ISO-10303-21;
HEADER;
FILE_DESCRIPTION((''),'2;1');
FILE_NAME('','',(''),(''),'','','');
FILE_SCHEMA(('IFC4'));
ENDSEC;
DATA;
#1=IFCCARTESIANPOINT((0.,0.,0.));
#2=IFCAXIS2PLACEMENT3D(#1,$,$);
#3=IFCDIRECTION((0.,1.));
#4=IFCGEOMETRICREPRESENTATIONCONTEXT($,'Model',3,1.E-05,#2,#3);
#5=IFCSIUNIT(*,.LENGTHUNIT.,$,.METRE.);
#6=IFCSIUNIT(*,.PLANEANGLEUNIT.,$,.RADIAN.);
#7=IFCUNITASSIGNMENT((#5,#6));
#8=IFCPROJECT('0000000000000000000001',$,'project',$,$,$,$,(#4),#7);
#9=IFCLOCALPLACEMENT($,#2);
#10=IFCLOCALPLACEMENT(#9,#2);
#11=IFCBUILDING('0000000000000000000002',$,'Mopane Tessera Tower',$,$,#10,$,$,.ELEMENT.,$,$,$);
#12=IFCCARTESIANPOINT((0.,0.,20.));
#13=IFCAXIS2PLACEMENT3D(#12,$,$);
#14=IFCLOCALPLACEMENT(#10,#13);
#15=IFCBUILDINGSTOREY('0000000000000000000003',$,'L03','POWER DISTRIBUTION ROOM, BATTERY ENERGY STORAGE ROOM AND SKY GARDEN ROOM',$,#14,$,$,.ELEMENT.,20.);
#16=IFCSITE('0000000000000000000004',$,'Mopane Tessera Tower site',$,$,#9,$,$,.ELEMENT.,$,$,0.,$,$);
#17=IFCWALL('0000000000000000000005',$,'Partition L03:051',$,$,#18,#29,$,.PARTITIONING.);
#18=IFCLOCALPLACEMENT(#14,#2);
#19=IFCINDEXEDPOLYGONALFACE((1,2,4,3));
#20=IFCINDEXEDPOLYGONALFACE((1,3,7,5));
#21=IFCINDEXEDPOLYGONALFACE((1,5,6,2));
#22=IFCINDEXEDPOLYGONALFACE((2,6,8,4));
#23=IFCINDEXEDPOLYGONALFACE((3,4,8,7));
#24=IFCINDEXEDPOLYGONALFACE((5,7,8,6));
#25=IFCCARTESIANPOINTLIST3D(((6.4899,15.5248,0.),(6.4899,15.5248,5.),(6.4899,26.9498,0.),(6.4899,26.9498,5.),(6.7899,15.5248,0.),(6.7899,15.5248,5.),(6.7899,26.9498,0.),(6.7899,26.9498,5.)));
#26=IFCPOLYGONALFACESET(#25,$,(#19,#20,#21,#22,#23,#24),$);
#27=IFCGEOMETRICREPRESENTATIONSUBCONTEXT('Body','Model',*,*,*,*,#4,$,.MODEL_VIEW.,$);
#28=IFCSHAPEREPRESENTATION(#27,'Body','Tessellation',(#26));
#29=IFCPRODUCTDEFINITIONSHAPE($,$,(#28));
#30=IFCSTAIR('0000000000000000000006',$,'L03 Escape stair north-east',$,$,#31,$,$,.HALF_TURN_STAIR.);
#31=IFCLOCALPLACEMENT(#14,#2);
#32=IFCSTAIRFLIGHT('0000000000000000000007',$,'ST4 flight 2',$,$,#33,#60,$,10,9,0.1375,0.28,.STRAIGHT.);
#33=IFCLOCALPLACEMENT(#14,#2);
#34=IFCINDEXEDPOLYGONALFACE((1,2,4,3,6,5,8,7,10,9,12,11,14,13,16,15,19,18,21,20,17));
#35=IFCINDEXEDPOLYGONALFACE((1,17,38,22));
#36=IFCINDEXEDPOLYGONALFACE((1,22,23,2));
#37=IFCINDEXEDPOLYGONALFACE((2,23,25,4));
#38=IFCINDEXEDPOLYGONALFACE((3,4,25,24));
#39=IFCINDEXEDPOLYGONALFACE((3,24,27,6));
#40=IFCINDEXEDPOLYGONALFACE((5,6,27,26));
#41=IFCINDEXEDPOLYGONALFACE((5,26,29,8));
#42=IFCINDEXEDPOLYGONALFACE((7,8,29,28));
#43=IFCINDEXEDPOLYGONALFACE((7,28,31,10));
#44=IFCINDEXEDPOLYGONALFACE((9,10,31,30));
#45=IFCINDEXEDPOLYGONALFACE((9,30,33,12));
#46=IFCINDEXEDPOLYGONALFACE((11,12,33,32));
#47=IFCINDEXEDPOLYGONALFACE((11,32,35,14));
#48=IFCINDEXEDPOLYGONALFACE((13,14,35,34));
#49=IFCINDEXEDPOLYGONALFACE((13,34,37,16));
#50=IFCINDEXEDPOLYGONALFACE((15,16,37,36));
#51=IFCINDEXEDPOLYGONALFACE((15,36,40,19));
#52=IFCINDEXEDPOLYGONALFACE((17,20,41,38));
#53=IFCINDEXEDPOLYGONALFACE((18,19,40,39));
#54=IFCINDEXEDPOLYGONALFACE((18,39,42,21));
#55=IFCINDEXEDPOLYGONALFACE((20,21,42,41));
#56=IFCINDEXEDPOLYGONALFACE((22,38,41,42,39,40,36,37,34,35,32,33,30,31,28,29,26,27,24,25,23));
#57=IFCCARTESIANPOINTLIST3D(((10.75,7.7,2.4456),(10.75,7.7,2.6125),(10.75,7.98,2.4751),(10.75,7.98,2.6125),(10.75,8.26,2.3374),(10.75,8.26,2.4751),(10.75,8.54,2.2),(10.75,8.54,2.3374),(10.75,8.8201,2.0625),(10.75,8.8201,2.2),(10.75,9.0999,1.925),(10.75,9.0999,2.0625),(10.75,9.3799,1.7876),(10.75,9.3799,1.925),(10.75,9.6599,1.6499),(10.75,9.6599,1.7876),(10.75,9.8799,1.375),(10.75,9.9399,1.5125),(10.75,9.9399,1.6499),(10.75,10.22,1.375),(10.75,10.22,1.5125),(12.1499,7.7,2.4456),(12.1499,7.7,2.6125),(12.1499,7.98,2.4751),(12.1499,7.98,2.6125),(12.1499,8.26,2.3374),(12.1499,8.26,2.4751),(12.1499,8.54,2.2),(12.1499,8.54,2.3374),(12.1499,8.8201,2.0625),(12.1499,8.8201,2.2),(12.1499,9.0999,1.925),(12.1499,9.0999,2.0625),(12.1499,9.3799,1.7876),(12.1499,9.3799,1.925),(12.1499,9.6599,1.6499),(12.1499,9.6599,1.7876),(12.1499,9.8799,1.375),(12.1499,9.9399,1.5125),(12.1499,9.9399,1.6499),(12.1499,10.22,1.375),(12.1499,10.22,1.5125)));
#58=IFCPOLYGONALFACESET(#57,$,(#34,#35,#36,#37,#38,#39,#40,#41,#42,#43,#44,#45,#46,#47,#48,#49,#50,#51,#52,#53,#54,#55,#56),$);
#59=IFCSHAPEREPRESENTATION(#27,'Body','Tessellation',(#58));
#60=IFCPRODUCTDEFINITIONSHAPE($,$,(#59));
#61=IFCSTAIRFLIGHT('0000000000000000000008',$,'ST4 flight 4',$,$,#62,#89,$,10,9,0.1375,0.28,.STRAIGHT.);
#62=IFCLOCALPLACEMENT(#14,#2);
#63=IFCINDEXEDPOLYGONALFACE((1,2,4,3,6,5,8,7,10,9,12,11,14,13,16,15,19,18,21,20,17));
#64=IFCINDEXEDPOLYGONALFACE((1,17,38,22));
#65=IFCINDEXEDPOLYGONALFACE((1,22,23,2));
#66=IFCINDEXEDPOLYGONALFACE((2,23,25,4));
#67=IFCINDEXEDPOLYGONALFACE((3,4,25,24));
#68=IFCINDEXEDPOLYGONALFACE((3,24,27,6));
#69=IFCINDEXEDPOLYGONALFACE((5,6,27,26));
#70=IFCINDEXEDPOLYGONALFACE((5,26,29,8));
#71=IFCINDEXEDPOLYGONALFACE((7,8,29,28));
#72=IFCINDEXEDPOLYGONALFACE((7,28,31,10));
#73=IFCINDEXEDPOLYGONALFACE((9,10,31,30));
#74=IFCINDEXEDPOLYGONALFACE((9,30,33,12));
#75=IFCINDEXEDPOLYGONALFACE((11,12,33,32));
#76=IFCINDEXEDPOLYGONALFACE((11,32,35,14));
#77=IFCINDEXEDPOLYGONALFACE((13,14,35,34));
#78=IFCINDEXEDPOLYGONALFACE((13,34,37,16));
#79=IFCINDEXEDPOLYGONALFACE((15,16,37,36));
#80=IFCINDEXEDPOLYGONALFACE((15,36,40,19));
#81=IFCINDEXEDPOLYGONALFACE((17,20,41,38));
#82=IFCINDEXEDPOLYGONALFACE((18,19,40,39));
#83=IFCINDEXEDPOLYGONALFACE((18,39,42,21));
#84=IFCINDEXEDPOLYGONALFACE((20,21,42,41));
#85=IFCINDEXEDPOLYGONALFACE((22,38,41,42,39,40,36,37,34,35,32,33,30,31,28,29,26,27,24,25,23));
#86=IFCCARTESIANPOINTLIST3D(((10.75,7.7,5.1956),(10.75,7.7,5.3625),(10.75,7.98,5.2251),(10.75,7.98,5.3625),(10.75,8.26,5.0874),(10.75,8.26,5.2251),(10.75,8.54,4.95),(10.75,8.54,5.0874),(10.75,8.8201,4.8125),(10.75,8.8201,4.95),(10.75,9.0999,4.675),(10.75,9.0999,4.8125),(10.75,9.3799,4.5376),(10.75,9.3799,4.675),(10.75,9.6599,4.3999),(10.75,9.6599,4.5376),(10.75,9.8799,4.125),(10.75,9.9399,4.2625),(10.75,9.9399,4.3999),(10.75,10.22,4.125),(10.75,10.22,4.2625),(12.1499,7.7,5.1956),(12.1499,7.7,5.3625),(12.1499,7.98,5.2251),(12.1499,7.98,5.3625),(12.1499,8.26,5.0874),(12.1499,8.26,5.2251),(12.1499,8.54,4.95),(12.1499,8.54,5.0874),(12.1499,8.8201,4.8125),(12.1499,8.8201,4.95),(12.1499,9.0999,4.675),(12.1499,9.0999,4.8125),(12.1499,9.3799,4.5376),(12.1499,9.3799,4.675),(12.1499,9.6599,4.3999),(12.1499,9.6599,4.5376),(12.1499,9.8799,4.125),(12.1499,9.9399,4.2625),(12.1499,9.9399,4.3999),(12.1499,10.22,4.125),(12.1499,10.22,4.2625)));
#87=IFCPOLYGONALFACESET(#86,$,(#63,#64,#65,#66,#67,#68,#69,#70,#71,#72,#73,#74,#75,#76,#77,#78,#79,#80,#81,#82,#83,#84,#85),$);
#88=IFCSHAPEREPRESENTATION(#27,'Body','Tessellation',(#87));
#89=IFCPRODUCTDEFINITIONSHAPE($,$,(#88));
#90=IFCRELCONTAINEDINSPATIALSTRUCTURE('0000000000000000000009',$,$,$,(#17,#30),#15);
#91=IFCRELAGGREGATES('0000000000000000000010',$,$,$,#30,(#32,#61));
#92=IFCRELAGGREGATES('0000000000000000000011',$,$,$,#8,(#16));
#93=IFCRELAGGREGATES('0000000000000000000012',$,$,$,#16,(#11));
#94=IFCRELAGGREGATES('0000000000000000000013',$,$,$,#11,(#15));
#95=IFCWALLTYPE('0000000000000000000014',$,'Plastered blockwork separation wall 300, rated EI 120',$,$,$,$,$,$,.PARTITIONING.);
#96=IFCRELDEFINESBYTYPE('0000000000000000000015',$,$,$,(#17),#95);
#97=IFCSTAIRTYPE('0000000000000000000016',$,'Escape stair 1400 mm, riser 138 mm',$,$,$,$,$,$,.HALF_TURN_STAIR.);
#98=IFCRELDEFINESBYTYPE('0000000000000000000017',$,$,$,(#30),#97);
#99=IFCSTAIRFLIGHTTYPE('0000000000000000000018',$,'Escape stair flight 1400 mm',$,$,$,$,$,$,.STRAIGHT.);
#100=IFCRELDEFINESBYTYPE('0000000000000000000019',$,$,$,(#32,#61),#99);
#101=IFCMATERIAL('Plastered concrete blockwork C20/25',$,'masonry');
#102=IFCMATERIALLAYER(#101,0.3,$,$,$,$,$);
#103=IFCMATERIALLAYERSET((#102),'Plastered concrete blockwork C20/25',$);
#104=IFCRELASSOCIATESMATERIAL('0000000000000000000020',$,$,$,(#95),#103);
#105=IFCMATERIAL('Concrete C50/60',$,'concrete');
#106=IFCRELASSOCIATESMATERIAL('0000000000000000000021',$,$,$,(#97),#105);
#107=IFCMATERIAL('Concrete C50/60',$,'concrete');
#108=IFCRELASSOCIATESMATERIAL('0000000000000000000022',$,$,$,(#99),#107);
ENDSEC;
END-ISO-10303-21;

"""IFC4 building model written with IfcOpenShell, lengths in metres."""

from ifc_helpers import new_model, si_unit, direction, frame, frame_2d, origin, place, context, subcontext, project, spatial, polyline, rectangle, outline, extrude, material, layer, layer_set, type_object, element, aggregate, save


model = new_model("IFC4")

# Units and contexts
model_context = context("Model", 3, precision=1e-05, world=origin(), true_north=direction((0.0, 1.0)))
body_context = subcontext(model_context, "Body", "Model", "MODEL_VIEW")
ifc_project = project(units=[si_unit("LENGTHUNIT", "METRE"), si_unit("PLANEANGLEUNIT", "RADIAN")], contexts=[model_context])

# Site, building, storey
site_placement = place(None, origin())
site = spatial("IfcSite", under=ifc_project, at=site_placement, Name="Mopane Tessera Tower site", CompositionType="ELEMENT", RefElevation=0.0)
building_placement = place(site_placement, origin())
building = spatial("IfcBuilding", under=site, at=building_placement, Name="Mopane Tessera Tower", CompositionType="ELEMENT")
storey_placement = place(building_placement, frame((0.0, 0.0, 20.0)))
storey = spatial("IfcBuildingStorey", under=building, at=storey_placement, Name="L03", Description="POWER DISTRIBUTION ROOM, BATTERY ENERGY STORAGE ROOM AND SKY GARDEN ROOM", CompositionType="ELEMENT", Elevation=20.0)

# Wall
ifc_material_1 = material(Name="Plastered concrete blockwork C20/25", Category="masonry")
ifc_layer_1 = layer(ifc_material_1, 0.3)
ifc_layer_set_1 = layer_set([ifc_layer_1], Name="Plastered concrete blockwork C20/25")
wall_type_1 = type_object("IfcWallType", Name="Plastered blockwork separation wall 300, rated EI 120", PredefinedType="PARTITIONING", material=ifc_layer_set_1)
wall_1_placement = place(storey_placement, frame((6.6399, 15.5249, 0.0), z_axis=(0.0, 0.0, 1.0), x_axis=(0.0, 1.0, 0.0)))
element("IfcWall", 1, at=wall_1_placement, inside=storey, type_object=wall_type_1, Name="Partition L03:051", PredefinedType="PARTITIONING", context=body_context, shape_type="SweptSolid", body=[
    extrude(rectangle(XDim=11.425, YDim=0.3, at=frame_2d((5.7124, 0.0))), origin(), (0.0, 0.0, 1.0), 5.0),
])

# Stair, stair flights
ifc_material_2 = material(Name="Concrete C50/60", Category="concrete")
stair_type = type_object("IfcStairType", Name="Escape stair 1400 mm, riser 138 mm", PredefinedType="HALF_TURN_STAIR", material=ifc_material_2)
stair_placement = place(storey_placement, origin())
stair = element("IfcStair", 2, at=stair_placement, inside=storey, type_object=stair_type, Name="L03 Escape stair north-east", PredefinedType="HALF_TURN_STAIR")
ifc_material_3 = material(Name="Concrete C50/60", Category="concrete")
stair_flight_type = type_object("IfcStairFlightType", Name="Escape stair flight 1400 mm", PredefinedType="STRAIGHT", material=ifc_material_3)
stair_flight_1_placement = place(storey_placement, frame((11.45, 10.22, 1.375), z_axis=(0.0, 0.0, 1.0), x_axis=(0.0, -1.0, 0.0)))
stair_flight_1 = element("IfcStairFlight", 3, at=stair_flight_1_placement, type_object=stair_flight_type, Name="ST4 flight 2", NumberOfRisers=10, NumberOfTreads=9, PredefinedType="STRAIGHT", RiserHeight=0.1375, TreadLength=0.28, context=body_context, shape_type="SweptSolid", body=[
    extrude(outline(polyline([(0.0, 0.0), (0.0, 0.1375), (0.28, 0.1375), (0.28, 0.2749), (0.5601, 0.2749), (0.5601, 0.4126), (0.8401, 0.4126), (0.8401, 0.55), (1.1201, 0.55), (1.1201, 0.6875), (1.3999, 0.6875), (1.3999, 0.825), (1.6799, 0.825), (1.6799, 0.9624), (1.96, 0.9624), (1.96, 1.1001), (2.24, 1.1001), (2.24, 1.2375), (2.52, 1.2375), (2.52, 1.375), (2.52, 1.0706), (0.3401, 0.0), (0.0, 0.0)])), frame((0.0, 0.7, 0.0), z_axis=(0.0, -1.0, 0.0), x_axis=(1.0, 0.0, 0.0)), (0.0, 0.0, 1.0), 1.3999),
])
stair_flight_2_placement = place(storey_placement, frame((11.45, 10.22, 4.125), z_axis=(0.0, 0.0, 1.0), x_axis=(0.0, -1.0, 0.0)))
stair_flight_2 = element("IfcStairFlight", 4, at=stair_flight_2_placement, type_object=stair_flight_type, Name="ST4 flight 4", NumberOfRisers=10, NumberOfTreads=9, PredefinedType="STRAIGHT", RiserHeight=0.1375, TreadLength=0.28, context=body_context, shape_type="SweptSolid", body=[
    extrude(outline(polyline([(0.0, 0.0), (0.0, 0.1375), (0.28, 0.1375), (0.28, 0.2749), (0.5601, 0.2749), (0.5601, 0.4126), (0.8401, 0.4126), (0.8401, 0.55), (1.1201, 0.55), (1.1201, 0.6875), (1.3999, 0.6875), (1.3999, 0.825), (1.6799, 0.825), (1.6799, 0.9624), (1.96, 0.9624), (1.96, 1.1001), (2.24, 1.1001), (2.24, 1.2375), (2.52, 1.2375), (2.52, 1.375), (2.52, 1.0706), (0.3401, 0.0), (0.0, 0.0)])), frame((0.0, 0.7, 0.0), z_axis=(0.0, -1.0, 0.0), x_axis=(1.0, 0.0, 0.0)), (0.0, 0.0, 1.0), 1.3999),
])
aggregate(stair, [stair_flight_1, stair_flight_2])

save(model, "model.ifc")
